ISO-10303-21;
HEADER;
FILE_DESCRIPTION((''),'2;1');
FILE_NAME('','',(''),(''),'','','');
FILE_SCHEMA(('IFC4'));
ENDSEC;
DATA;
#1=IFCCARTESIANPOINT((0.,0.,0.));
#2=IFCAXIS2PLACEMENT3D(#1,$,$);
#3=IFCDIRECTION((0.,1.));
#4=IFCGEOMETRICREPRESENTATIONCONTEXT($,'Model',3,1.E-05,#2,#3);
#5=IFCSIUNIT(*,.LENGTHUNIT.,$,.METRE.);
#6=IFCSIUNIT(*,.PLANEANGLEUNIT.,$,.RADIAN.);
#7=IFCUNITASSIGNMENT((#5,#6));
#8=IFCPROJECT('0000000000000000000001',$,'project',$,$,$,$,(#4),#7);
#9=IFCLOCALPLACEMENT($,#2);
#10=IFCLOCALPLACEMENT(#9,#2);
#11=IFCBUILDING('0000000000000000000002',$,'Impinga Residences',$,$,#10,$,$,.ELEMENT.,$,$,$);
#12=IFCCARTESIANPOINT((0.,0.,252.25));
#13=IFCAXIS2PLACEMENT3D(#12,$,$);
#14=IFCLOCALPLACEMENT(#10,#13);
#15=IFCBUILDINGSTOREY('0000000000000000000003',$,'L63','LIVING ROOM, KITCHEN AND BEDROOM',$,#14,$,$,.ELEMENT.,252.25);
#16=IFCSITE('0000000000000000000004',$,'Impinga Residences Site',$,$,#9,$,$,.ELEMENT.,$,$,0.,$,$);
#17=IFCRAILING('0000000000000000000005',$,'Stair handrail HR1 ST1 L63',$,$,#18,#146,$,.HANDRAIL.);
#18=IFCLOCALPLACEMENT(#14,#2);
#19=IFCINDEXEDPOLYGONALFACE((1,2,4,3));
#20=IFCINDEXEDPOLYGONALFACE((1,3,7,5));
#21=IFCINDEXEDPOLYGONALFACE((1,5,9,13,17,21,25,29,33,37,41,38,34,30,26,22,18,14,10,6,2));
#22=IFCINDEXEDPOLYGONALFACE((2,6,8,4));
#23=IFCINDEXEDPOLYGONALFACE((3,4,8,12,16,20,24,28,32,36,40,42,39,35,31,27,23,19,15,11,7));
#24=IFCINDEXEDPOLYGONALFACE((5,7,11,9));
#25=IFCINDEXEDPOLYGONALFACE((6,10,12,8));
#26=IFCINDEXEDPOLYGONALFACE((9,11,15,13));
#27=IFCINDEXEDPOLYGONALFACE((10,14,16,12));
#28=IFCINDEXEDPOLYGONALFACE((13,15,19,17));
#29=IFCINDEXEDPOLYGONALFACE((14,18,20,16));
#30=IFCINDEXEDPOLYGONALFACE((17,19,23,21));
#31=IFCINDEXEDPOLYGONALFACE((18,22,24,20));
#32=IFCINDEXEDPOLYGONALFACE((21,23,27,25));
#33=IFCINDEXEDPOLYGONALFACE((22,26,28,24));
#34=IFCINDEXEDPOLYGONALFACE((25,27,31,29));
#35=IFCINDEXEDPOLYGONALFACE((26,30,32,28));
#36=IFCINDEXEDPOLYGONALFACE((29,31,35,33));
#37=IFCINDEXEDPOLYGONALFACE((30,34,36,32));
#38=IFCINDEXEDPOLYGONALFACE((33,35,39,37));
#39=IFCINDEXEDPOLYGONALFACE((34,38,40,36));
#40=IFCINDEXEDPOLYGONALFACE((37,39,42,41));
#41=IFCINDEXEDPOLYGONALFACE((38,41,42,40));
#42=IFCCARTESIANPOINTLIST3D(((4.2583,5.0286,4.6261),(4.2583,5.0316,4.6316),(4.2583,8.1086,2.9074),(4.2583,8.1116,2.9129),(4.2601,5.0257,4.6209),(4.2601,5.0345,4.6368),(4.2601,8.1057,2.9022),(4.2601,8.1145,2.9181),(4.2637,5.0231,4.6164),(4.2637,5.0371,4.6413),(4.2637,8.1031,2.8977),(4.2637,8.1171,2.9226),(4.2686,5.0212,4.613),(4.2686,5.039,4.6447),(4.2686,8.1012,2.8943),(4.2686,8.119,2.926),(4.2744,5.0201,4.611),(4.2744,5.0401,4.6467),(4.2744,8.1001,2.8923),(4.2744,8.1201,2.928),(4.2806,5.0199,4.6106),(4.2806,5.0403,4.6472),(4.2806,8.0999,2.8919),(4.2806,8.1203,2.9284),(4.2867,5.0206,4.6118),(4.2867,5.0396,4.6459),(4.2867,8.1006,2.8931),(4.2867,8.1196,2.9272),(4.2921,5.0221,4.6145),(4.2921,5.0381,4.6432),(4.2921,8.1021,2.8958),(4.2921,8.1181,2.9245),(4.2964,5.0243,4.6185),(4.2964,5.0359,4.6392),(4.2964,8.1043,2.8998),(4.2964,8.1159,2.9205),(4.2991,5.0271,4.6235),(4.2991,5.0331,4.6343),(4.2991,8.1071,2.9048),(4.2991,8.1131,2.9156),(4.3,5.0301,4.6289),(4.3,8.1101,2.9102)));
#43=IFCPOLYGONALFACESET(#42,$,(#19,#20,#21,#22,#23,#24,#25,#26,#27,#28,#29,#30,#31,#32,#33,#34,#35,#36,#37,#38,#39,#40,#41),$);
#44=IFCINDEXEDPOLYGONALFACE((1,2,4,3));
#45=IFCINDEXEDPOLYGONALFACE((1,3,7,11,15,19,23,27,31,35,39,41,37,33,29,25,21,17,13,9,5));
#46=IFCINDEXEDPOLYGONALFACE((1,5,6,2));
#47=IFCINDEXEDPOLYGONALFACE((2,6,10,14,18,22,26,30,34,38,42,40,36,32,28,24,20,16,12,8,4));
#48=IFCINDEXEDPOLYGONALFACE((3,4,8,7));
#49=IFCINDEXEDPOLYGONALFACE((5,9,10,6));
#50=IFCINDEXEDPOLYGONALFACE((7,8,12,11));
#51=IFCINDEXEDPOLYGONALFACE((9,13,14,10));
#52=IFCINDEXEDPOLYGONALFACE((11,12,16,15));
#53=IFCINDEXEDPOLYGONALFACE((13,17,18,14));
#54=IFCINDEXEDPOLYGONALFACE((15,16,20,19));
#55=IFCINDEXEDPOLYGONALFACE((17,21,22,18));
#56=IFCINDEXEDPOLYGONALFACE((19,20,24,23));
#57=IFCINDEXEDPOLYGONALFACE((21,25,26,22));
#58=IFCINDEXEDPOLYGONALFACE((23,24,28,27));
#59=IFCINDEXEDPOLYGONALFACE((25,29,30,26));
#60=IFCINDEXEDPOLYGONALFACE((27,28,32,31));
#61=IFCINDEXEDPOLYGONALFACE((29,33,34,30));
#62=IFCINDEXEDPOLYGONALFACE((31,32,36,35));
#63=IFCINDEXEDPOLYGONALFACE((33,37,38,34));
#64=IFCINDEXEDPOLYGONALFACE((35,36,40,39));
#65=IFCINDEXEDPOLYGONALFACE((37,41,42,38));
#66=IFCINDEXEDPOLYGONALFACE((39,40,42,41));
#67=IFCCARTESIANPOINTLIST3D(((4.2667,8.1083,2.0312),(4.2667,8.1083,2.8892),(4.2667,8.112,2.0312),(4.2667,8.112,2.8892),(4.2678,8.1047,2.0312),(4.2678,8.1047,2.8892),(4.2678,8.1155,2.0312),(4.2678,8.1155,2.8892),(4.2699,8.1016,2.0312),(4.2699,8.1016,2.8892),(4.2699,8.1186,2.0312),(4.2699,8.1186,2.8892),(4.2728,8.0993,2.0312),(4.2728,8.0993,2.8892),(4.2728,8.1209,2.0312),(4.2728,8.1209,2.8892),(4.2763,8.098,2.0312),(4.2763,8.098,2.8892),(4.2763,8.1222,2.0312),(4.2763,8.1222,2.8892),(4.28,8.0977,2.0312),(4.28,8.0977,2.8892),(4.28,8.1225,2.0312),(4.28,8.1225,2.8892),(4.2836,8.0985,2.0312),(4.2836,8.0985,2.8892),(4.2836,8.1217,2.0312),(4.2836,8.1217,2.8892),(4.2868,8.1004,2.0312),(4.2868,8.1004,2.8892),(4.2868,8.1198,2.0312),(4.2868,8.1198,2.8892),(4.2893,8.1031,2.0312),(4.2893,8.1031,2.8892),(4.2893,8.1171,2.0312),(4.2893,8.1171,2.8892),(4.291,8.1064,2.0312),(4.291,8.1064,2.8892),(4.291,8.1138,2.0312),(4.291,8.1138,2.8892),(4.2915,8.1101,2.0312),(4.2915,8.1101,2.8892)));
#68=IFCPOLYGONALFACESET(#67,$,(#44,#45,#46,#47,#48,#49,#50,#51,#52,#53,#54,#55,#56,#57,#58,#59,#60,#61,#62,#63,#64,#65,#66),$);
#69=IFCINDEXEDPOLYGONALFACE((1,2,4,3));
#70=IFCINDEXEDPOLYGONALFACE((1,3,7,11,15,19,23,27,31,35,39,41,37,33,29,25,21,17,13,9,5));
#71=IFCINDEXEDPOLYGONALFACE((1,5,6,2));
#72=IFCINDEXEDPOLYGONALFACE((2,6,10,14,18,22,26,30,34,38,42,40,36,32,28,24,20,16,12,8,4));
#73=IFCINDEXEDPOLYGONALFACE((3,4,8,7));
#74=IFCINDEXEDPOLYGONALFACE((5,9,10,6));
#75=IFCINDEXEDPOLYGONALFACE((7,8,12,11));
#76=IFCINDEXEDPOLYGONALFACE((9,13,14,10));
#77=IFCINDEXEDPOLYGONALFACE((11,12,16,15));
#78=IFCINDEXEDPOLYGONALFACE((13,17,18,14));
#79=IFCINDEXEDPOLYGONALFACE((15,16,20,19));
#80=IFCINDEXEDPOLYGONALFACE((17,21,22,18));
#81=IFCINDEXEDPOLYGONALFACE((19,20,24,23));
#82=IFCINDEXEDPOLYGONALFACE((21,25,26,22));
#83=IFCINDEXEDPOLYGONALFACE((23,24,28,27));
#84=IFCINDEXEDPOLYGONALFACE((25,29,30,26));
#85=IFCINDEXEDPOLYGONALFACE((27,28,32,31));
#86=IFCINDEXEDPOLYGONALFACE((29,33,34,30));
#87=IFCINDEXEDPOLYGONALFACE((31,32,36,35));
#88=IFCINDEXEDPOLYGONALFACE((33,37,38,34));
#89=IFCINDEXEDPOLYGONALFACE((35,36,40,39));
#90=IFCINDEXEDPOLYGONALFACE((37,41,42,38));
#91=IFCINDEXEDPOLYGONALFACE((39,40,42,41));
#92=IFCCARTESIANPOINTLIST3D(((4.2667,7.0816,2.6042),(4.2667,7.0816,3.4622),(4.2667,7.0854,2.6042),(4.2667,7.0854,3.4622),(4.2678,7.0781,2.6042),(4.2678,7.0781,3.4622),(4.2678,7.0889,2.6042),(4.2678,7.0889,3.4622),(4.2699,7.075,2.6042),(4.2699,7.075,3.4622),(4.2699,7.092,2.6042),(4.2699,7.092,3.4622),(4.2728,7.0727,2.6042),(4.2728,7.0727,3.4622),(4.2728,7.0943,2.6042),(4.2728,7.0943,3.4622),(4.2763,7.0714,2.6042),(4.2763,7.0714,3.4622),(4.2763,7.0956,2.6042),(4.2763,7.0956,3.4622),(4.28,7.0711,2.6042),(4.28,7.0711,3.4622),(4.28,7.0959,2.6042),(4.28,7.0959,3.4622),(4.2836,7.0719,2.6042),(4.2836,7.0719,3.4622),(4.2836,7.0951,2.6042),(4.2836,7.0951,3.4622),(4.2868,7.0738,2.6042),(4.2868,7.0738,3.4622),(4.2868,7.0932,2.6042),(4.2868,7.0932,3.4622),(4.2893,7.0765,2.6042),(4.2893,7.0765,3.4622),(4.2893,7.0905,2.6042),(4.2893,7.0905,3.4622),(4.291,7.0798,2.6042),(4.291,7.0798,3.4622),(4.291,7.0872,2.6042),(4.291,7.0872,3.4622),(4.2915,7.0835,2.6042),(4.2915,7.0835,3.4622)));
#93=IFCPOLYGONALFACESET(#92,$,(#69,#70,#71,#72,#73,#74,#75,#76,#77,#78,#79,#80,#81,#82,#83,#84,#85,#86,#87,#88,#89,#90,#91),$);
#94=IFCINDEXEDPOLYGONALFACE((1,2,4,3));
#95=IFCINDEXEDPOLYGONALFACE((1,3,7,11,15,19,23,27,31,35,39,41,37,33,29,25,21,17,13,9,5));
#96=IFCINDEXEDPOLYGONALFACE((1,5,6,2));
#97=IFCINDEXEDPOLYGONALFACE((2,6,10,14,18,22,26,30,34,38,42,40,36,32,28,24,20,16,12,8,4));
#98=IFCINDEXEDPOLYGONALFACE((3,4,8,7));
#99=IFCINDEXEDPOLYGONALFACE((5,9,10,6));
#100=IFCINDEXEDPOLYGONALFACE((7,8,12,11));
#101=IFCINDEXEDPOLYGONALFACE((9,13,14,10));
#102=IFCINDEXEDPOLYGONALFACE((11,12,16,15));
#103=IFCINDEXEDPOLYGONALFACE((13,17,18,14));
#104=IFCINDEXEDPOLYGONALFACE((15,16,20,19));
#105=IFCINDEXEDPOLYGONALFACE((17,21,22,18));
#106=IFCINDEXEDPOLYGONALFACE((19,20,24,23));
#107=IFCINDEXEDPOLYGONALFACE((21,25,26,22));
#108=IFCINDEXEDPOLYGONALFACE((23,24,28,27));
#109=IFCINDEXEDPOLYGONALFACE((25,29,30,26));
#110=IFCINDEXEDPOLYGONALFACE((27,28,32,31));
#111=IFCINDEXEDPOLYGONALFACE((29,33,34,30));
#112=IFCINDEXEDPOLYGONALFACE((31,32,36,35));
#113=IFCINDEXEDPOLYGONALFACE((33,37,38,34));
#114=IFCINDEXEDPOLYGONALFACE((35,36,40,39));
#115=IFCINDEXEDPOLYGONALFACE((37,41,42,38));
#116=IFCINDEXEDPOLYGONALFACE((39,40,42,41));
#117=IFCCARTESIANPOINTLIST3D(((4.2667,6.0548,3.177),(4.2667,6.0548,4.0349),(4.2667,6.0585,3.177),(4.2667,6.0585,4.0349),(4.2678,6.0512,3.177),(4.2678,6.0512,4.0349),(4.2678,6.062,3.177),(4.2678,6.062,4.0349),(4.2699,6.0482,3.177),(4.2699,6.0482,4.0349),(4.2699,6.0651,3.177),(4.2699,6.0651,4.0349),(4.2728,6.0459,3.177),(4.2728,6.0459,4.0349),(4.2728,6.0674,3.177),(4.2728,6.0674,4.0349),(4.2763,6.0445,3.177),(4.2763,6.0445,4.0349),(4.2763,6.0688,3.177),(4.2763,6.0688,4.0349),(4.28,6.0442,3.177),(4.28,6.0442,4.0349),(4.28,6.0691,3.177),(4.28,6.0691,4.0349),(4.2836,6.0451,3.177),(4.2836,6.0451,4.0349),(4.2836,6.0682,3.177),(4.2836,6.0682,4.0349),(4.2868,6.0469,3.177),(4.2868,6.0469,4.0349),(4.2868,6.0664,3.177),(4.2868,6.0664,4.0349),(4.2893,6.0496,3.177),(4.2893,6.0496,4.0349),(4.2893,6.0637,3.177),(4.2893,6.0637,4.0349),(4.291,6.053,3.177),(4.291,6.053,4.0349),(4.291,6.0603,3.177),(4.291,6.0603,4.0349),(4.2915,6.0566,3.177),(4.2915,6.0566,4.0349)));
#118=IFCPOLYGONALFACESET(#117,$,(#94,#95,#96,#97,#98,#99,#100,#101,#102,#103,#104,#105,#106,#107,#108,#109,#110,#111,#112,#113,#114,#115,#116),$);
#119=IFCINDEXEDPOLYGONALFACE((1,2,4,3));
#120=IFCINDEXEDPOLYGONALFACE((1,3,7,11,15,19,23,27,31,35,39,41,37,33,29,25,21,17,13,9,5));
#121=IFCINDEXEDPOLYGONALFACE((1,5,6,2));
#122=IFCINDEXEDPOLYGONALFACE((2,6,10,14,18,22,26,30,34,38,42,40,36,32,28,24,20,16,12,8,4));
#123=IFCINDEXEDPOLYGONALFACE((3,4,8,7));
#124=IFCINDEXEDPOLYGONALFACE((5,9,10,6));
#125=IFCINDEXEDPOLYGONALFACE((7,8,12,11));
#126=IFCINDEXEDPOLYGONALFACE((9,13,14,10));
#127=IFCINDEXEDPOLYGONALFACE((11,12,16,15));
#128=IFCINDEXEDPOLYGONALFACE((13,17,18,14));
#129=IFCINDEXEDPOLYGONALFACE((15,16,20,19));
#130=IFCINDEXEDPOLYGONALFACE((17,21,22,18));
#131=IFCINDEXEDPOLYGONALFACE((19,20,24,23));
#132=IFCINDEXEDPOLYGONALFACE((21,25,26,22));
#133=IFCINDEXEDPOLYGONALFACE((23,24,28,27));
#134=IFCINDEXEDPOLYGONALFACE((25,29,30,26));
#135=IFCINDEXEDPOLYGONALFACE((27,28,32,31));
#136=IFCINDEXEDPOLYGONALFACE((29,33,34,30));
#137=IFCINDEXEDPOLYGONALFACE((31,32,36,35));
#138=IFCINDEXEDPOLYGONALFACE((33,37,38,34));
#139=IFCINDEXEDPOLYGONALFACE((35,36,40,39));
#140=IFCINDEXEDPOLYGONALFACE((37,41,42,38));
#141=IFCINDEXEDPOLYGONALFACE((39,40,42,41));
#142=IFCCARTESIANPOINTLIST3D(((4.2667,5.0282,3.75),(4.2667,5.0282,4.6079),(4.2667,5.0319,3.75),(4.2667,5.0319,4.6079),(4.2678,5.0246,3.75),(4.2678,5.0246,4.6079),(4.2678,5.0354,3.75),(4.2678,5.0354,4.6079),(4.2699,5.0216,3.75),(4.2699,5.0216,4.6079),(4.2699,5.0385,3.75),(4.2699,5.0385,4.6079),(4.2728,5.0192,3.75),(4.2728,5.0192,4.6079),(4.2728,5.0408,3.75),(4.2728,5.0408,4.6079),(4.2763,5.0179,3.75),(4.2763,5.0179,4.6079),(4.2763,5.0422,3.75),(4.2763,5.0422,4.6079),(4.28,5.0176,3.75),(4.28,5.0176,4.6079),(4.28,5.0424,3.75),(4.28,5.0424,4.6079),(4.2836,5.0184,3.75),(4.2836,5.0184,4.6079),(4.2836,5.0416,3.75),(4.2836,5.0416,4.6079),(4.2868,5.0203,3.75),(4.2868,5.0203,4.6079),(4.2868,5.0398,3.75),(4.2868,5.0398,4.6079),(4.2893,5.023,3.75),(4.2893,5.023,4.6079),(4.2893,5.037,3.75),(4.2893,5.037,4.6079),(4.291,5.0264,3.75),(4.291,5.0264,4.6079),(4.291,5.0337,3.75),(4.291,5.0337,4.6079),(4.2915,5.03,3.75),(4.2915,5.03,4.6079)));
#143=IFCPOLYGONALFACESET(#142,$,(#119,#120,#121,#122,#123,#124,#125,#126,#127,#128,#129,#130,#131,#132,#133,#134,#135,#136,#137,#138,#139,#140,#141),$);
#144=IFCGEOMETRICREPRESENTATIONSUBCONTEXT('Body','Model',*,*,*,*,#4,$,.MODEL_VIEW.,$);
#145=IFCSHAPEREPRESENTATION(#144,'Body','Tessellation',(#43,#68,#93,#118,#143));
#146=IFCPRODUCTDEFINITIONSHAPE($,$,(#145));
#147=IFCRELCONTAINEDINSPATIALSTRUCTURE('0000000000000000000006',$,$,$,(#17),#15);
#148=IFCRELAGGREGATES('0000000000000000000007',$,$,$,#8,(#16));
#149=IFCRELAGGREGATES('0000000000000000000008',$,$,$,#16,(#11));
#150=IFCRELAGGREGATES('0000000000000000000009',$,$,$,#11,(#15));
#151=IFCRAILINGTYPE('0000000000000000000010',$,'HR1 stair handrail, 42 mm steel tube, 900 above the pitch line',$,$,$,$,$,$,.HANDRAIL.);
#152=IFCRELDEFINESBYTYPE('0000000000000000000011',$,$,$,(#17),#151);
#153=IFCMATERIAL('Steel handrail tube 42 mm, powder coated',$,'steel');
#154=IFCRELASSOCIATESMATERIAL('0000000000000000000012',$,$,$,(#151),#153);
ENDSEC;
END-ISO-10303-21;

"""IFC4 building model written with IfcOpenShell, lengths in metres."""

from ifc_helpers import new_model, si_unit, direction, frame, origin, origin_2d, place, context, subcontext, project, spatial, circle, extrude, material, type_object, element, save


model = new_model("IFC4")

# Units and contexts
model_context = context("Model", 3, precision=1e-05, world=origin(), true_north=direction((0.0, 1.0)))
body_context = subcontext(model_context, "Body", "Model", "MODEL_VIEW")
ifc_project = project(units=[si_unit("LENGTHUNIT", "METRE"), si_unit("PLANEANGLEUNIT", "RADIAN")], contexts=[model_context])

# Site, building, storey
site_placement = place(None, origin())
site = spatial("IfcSite", under=ifc_project, at=site_placement, Name="Impinga Residences Site", CompositionType="ELEMENT", RefElevation=0.0)
building_placement = place(site_placement, origin())
building = spatial("IfcBuilding", under=site, at=building_placement, Name="Impinga Residences", CompositionType="ELEMENT")
storey_placement = place(building_placement, frame((0.0, 0.0, 252.25)))
storey = spatial("IfcBuildingStorey", under=building, at=storey_placement, Name="L63", Description="LIVING ROOM, KITCHEN AND BEDROOM", CompositionType="ELEMENT", Elevation=252.25)

# Railing
ifc_material_1 = material(Name="Steel handrail tube 42 mm, powder coated", Category="steel")
railing_type_1 = type_object("IfcRailingType", Name="HR1 stair handrail, 42 mm steel tube, 900 above the pitch line", PredefinedType="HANDRAIL", material=ifc_material_1)
railing_1_placement = place(storey_placement, frame((4.2791, 8.1101, 2.0312)))
element("IfcRailing", 1, at=railing_1_placement, inside=storey, type_object=railing_type_1, Name="Stair handrail HR1 ST1 L63", PredefinedType="HANDRAIL", context=body_context, shape_type="SweptSolid", body=[
    extrude(circle(Radius=0.021, at=origin_2d()), frame((0.0, 0.0, 0.8789), z_axis=(0.0, -0.873242, 0.487288), x_axis=(1.0, 0.0, 0.0)), (0.0, 0.0, 1.0), 3.5271),
    extrude(circle(Radius=0.0125, at=origin_2d()), origin(), (0.0, 0.0, 1.0), 0.8579),
    extrude(circle(Radius=0.0125, at=origin_2d()), frame((0.0, -1.0266, 0.573)), (0.0, 0.0, 1.0), 0.8579),
    extrude(circle(Radius=0.0125, at=origin_2d()), frame((0.0, -2.0535, 1.1458)), (0.0, 0.0, 1.0), 0.8579),
    extrude(circle(Radius=0.0125, at=origin_2d()), frame((0.0, -3.0801, 1.7188)), (0.0, 0.0, 1.0), 0.8579),
])

save(model, "model.ifc")
